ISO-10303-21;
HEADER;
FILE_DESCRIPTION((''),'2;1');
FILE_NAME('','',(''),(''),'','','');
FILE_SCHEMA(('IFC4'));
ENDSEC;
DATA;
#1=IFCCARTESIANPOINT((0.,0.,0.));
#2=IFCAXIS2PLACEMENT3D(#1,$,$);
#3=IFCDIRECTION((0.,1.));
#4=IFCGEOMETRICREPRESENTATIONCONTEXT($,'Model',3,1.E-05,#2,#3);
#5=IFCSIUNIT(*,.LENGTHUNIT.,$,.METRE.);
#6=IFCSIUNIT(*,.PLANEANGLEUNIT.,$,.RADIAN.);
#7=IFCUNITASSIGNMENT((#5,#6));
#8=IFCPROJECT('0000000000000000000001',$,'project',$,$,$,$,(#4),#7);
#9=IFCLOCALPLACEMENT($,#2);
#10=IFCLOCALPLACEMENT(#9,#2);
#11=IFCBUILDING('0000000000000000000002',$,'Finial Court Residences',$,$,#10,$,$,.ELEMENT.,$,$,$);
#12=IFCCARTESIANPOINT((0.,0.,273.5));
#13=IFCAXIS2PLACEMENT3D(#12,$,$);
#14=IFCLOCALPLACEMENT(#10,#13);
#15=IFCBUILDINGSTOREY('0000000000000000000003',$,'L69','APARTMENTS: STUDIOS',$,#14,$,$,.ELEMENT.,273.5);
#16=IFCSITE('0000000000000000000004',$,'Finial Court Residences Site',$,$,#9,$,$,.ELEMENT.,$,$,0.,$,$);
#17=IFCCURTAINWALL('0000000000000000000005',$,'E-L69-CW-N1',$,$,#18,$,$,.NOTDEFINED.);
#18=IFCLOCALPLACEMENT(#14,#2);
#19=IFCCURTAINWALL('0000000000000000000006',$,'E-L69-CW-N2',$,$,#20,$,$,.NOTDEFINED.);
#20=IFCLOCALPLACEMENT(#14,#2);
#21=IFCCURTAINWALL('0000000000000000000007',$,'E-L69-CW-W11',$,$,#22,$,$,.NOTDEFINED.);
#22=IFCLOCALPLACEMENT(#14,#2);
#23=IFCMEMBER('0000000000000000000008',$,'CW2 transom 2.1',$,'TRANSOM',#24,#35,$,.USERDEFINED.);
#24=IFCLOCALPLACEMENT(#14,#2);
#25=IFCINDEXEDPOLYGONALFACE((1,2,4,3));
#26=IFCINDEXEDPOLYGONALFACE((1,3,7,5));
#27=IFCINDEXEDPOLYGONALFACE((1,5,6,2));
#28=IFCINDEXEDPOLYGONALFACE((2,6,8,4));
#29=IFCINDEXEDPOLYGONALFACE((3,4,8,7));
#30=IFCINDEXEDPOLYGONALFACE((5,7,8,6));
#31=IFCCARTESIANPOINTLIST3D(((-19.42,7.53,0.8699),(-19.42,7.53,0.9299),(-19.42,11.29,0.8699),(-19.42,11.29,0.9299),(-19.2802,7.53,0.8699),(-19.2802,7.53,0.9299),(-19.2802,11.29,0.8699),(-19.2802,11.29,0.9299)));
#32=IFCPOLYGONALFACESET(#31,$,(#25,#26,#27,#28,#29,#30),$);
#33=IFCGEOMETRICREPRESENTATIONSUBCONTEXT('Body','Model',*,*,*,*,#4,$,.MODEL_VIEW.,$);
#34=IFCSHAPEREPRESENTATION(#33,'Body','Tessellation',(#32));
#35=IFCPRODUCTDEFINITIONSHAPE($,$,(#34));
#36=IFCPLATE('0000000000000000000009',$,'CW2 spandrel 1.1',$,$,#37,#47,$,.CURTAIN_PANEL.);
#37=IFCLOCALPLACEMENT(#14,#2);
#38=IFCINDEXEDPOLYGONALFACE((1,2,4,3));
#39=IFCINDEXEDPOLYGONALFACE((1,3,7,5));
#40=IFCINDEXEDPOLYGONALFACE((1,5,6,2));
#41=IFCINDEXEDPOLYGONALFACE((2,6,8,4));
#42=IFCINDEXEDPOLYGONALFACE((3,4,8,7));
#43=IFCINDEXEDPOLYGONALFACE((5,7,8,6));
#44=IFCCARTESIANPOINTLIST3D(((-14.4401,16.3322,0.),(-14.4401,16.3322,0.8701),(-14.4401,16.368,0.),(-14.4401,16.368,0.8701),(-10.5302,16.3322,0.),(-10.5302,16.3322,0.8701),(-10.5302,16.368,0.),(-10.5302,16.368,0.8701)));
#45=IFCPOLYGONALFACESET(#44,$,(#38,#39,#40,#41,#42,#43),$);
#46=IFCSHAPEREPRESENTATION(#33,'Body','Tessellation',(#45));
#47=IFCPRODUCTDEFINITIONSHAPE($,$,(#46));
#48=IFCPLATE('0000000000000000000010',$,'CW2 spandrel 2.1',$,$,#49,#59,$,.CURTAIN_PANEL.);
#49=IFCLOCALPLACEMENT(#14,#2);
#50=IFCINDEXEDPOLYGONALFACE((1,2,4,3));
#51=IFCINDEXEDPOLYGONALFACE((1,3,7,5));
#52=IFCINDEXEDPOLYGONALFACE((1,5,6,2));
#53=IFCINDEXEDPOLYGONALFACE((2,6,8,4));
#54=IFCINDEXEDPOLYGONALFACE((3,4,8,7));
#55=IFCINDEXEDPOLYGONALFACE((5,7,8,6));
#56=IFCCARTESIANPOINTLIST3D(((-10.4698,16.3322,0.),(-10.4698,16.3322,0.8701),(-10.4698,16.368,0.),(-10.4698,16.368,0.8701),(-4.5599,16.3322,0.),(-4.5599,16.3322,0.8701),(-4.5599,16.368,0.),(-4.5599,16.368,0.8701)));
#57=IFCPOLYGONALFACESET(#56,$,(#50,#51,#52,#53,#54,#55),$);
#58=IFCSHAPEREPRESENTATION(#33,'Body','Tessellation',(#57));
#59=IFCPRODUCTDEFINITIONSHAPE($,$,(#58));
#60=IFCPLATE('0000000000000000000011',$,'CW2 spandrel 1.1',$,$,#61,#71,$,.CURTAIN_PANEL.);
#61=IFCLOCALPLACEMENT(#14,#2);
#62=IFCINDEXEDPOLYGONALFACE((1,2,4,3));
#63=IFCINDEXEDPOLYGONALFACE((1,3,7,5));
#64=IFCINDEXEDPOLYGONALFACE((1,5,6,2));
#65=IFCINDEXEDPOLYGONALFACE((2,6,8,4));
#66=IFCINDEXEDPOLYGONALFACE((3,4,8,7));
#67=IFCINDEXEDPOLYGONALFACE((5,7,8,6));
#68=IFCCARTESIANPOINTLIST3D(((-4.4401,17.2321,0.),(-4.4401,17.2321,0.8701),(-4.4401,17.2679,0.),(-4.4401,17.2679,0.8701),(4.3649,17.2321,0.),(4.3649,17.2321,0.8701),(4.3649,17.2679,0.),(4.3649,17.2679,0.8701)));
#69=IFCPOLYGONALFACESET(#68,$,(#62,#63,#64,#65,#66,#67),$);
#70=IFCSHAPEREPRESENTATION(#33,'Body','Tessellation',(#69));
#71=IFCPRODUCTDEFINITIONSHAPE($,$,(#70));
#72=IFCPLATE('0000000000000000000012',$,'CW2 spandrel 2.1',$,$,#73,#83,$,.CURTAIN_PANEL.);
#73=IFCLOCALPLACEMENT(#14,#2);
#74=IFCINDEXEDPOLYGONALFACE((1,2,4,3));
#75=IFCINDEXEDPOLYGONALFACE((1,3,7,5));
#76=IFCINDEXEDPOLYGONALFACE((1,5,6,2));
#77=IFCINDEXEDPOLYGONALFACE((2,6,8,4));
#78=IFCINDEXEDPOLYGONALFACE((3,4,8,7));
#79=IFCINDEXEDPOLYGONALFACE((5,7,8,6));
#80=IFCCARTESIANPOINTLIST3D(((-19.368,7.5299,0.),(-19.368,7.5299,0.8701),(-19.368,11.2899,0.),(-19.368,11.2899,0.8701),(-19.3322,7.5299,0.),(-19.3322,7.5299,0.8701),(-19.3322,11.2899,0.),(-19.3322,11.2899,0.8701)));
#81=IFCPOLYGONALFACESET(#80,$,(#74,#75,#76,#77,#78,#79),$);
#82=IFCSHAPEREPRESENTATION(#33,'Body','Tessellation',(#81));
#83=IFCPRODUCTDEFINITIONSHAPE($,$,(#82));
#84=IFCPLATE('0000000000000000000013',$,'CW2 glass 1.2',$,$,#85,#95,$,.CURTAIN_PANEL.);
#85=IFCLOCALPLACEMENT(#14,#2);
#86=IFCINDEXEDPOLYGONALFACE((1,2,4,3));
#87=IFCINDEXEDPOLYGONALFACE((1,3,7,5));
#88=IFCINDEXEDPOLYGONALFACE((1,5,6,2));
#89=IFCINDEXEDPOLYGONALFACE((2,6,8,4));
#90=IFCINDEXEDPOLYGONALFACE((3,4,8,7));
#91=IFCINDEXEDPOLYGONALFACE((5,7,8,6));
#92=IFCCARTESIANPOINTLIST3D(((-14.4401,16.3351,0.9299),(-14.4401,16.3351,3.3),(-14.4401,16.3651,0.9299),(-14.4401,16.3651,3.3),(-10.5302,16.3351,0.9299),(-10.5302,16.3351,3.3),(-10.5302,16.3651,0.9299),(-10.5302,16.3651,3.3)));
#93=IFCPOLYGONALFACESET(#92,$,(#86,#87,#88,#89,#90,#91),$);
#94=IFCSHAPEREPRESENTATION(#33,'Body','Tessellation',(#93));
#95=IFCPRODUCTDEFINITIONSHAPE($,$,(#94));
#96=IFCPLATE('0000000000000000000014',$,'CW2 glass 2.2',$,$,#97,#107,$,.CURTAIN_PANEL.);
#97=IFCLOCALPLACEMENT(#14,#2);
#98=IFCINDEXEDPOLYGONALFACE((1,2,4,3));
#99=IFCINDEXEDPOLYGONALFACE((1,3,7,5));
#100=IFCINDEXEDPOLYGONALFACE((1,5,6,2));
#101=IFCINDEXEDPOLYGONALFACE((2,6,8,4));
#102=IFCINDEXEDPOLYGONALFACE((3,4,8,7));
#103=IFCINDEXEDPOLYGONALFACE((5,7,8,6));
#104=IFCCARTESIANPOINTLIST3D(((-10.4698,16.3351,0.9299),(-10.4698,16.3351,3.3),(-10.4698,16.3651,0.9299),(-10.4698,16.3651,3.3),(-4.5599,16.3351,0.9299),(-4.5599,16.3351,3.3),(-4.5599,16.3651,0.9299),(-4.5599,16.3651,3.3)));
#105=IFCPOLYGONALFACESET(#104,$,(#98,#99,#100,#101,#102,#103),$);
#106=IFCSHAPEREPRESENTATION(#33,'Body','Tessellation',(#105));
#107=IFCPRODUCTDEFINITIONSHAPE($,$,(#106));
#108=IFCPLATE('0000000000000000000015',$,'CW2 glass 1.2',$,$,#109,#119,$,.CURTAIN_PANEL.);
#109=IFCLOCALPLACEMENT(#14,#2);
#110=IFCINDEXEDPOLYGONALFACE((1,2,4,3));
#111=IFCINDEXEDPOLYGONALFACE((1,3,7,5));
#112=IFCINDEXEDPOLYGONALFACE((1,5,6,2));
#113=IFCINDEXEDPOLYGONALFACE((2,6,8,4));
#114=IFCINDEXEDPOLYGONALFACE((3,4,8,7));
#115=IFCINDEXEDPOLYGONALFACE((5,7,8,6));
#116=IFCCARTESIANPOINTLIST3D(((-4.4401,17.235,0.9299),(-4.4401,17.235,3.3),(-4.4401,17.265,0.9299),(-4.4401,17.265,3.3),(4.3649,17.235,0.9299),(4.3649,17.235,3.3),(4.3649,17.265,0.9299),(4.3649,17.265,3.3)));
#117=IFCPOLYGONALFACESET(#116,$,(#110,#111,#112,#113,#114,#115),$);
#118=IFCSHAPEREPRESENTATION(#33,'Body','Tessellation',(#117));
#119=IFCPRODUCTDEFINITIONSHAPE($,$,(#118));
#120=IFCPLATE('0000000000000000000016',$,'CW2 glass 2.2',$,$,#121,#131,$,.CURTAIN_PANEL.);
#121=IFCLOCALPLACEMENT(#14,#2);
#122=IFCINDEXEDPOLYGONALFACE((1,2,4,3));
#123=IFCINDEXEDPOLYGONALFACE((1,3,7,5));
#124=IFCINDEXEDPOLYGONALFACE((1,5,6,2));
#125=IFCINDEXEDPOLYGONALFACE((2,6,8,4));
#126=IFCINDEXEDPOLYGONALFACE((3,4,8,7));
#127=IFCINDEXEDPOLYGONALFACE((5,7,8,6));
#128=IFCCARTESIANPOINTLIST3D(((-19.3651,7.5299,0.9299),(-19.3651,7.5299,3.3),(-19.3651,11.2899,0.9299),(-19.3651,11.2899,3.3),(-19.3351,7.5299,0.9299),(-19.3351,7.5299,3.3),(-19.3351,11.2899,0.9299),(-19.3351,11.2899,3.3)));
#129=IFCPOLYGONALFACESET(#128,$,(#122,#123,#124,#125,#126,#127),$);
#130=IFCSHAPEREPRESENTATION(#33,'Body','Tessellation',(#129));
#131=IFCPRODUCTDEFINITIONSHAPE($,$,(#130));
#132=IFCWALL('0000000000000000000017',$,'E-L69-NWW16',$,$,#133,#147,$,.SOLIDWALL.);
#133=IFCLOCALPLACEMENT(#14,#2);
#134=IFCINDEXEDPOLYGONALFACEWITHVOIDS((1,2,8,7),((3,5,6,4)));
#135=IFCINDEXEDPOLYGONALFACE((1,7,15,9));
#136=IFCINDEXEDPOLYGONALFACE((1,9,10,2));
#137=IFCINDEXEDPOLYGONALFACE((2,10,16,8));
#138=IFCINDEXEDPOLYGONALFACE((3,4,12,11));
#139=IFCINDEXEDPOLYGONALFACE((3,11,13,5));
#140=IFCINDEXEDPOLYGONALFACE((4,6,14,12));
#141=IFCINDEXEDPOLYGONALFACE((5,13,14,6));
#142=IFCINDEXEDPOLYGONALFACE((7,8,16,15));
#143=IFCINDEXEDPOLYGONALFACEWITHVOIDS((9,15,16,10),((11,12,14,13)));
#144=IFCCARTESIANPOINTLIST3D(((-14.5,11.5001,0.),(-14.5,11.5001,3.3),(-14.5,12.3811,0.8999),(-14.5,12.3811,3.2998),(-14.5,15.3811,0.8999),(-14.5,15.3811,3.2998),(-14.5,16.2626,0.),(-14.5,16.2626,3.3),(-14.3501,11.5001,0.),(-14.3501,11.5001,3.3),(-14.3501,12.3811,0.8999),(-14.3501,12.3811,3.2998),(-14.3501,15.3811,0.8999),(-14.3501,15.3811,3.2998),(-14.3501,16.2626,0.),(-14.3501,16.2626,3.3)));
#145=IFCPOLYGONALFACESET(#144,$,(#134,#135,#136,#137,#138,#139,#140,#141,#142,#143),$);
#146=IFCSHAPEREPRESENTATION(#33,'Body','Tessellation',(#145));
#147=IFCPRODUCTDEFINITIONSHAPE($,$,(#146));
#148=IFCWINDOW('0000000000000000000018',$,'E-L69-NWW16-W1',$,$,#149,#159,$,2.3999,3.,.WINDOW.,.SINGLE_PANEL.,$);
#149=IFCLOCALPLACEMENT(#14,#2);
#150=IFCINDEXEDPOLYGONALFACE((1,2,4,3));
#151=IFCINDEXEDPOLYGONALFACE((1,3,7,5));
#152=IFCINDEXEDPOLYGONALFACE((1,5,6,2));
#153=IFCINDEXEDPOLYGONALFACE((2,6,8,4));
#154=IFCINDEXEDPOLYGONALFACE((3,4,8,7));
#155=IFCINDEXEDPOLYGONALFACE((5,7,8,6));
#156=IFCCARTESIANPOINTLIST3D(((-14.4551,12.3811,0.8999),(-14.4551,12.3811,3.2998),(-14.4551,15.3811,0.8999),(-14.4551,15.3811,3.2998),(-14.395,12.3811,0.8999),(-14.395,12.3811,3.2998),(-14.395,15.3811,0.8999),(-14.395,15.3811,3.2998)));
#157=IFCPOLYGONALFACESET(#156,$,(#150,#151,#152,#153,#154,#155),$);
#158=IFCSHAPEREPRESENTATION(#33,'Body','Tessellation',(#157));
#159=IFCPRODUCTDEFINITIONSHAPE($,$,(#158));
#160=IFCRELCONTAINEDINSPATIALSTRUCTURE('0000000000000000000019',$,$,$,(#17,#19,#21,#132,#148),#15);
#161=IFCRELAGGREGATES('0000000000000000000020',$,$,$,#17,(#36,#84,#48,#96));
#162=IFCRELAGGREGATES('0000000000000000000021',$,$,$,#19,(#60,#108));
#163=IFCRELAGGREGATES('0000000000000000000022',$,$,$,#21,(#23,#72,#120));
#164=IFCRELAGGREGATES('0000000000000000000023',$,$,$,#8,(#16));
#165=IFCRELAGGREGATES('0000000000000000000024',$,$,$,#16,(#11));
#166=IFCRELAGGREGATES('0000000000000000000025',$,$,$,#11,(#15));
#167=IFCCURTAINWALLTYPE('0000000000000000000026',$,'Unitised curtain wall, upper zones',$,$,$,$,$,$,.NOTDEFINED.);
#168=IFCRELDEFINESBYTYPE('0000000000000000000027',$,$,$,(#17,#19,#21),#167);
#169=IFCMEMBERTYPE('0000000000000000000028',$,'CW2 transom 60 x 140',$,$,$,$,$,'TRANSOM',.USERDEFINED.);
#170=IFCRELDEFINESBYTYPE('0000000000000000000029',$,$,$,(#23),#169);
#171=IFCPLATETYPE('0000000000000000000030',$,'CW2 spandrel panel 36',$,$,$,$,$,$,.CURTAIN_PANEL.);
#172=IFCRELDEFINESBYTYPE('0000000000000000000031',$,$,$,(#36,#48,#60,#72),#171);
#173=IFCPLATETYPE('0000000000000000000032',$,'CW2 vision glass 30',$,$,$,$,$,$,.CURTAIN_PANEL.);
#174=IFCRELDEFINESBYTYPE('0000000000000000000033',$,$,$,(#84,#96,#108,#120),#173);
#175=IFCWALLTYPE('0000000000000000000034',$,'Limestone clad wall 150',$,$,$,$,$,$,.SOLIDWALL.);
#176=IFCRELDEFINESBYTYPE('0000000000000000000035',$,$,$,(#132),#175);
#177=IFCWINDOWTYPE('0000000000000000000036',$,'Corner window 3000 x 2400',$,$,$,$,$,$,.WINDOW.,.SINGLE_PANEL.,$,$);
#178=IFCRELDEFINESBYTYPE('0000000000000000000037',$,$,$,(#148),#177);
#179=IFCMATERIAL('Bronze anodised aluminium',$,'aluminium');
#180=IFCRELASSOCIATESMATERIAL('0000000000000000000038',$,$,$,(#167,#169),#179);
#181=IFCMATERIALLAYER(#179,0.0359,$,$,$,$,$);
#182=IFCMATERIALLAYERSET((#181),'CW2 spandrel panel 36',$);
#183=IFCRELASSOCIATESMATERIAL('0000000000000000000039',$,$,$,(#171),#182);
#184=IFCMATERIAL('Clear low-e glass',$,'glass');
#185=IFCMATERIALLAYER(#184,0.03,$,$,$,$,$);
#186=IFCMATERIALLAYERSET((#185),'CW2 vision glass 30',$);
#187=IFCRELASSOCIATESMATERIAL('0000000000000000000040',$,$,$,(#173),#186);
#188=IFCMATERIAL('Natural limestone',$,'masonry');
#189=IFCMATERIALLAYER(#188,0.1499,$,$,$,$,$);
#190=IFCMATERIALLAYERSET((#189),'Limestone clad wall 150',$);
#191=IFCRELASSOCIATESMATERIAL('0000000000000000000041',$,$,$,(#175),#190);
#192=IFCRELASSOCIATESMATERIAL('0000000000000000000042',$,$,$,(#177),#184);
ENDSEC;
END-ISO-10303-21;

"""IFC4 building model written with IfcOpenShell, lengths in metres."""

from ifc_helpers import new_model, si_unit, direction, frame, frame_2d, origin, origin_2d, place, context, subcontext, project, spatial, rectangle, extrude, material, layer, layer_set, material_profile, profile_set, type_object, element, fill, aggregate, save


model = new_model("IFC4")

# Units and contexts
model_context = context("Model", 3, precision=1e-05, world=origin(), true_north=direction((0.0, 1.0)))
body_context = subcontext(model_context, "Body", "Model", "MODEL_VIEW")
ifc_project = project(units=[si_unit("LENGTHUNIT", "METRE"), si_unit("PLANEANGLEUNIT", "RADIAN")], contexts=[model_context])

# Site, building, storey
site_placement = place(None, origin())
site = spatial("IfcSite", under=ifc_project, at=site_placement, Name="Finial Court Residences Site", CompositionType="ELEMENT", RefElevation=0.0)
building_placement = place(site_placement, origin())
building = spatial("IfcBuilding", under=site, at=building_placement, Name="Finial Court Residences", CompositionType="ELEMENT")
storey_placement = place(building_placement, frame((0.0, 0.0, 273.5)))
storey = spatial("IfcBuildingStorey", under=building, at=storey_placement, Name="L69", Description="APARTMENTS: STUDIOS", CompositionType="ELEMENT", Elevation=273.5)

# Curtain wall
ifc_material_1 = material(Name="Bronze anodised aluminium", Category="aluminium")
curtain_wall_type = type_object("IfcCurtainWallType", Name="Unitised curtain wall, upper zones", PredefinedType="NOTDEFINED", material=ifc_material_1)
curtain_wall_1_placement = place(storey_placement, origin())
curtain_wall_1 = element("IfcCurtainWall", 1, at=curtain_wall_1_placement, inside=storey, type_object=curtain_wall_type, Name="E-L69-CW-N1", PredefinedType="NOTDEFINED")

# Curtain wall
curtain_wall_2_placement = place(storey_placement, origin())
curtain_wall_2 = element("IfcCurtainWall", 2, at=curtain_wall_2_placement, inside=storey, type_object=curtain_wall_type, Name="E-L69-CW-N2", PredefinedType="NOTDEFINED")

# Curtain wall
curtain_wall_3_placement = place(storey_placement, origin())
curtain_wall_3 = element("IfcCurtainWall", 3, at=curtain_wall_3_placement, inside=storey, type_object=curtain_wall_type, Name="E-L69-CW-W11", PredefinedType="NOTDEFINED")

# Member
ifc_material_profile_1 = material_profile(ifc_material_1, rectangle(XDim=0.1399, YDim=0.0601, at=origin_2d()), Name="CW2 transom 60 x 140")
ifc_profile_set_1 = profile_set([ifc_material_profile_1], Name="Bronze anodised aluminium")
member_type_1 = type_object("IfcMemberType", Name="CW2 transom 60 x 140", ElementType="TRANSOM", PredefinedType="USERDEFINED", material=ifc_profile_set_1)
member_1_placement = place(storey_placement, frame((-19.3501, 7.53, 0.8999), z_axis=(0.0, 1.0, 0.0), x_axis=(-1.0, 0.0, 0.0)))
member_1 = element("IfcMember", 4, at=member_1_placement, type_object=member_type_1, Name="CW2 transom 2.1", ObjectType="TRANSOM", PredefinedType="USERDEFINED", context=body_context, shape_type="SweptSolid", body=[
    extrude(rectangle(XDim=0.1399, YDim=0.0601, at=origin_2d()), origin(), (0.0, 0.0, 1.0), 3.76),
])

# Plates
ifc_layer_1 = layer(ifc_material_1, 0.0359)
ifc_layer_set_1 = layer_set([ifc_layer_1], Name="CW2 spandrel panel 36")
plate_type_1 = type_object("IfcPlateType", Name="CW2 spandrel panel 36", PredefinedType="CURTAIN_PANEL", material=ifc_layer_set_1)
plate_1_placement = place(storey_placement, frame((-12.4851, 16.3501, 0.0), z_axis=(0.0, 0.0, 1.0), x_axis=(1.0, 0.0, 0.0)))
plate_1 = element("IfcPlate", 5, at=plate_1_placement, type_object=plate_type_1, Name="CW2 spandrel 1.1", PredefinedType="CURTAIN_PANEL", context=body_context, shape_type="SweptSolid", body=[
    extrude(rectangle(XDim=3.9099, YDim=0.0359, at=origin_2d()), origin(), (0.0, 0.0, 1.0), 0.8701),
])
plate_2_placement = place(storey_placement, frame((-7.5149, 16.3501, 0.0), z_axis=(0.0, 0.0, 1.0), x_axis=(1.0, 0.0, 0.0)))
plate_2 = element("IfcPlate", 6, at=plate_2_placement, type_object=plate_type_1, Name="CW2 spandrel 2.1", PredefinedType="CURTAIN_PANEL", context=body_context, shape_type="SweptSolid", body=[
    extrude(rectangle(XDim=5.9099, YDim=0.0359, at=origin_2d()), origin(), (0.0, 0.0, 1.0), 0.8701),
])
plate_3_placement = place(storey_placement, frame((-0.0376, 17.25, 0.0), z_axis=(0.0, 0.0, 1.0), x_axis=(1.0, 0.0, 0.0)))
plate_3 = element("IfcPlate", 7, at=plate_3_placement, type_object=plate_type_1, Name="CW2 spandrel 1.1", PredefinedType="CURTAIN_PANEL", context=body_context, shape_type="SweptSolid", body=[
    extrude(rectangle(XDim=8.8049, YDim=0.0359, at=origin_2d()), origin(), (0.0, 0.0, 1.0), 0.8701),
])
plate_4_placement = place(storey_placement, frame((-19.3501, 9.4099, 0.0), z_axis=(0.0, 0.0, 1.0), x_axis=(0.0, 1.0, 0.0)))
plate_4 = element("IfcPlate", 8, at=plate_4_placement, type_object=plate_type_1, Name="CW2 spandrel 2.1", PredefinedType="CURTAIN_PANEL", context=body_context, shape_type="SweptSolid", body=[
    extrude(rectangle(XDim=3.76, YDim=0.0359, at=origin_2d()), origin(), (0.0, 0.0, 1.0), 0.8701),
])
ifc_material_2 = material(Name="Clear low-e glass", Category="glass")
ifc_layer_2 = layer(ifc_material_2, 0.03)
ifc_layer_set_2 = layer_set([ifc_layer_2], Name="CW2 vision glass 30")
plate_type_2 = type_object("IfcPlateType", Name="CW2 vision glass 30", PredefinedType="CURTAIN_PANEL", material=ifc_layer_set_2)
plate_5_placement = place(storey_placement, frame((-12.4851, 16.3501, 0.9299), z_axis=(0.0, 0.0, 1.0), x_axis=(1.0, 0.0, 0.0)))
plate_5 = element("IfcPlate", 9, at=plate_5_placement, type_object=plate_type_2, Name="CW2 glass 1.2", PredefinedType="CURTAIN_PANEL", context=body_context, shape_type="SweptSolid", body=[
    extrude(rectangle(XDim=3.9099, YDim=0.03, at=origin_2d()), origin(), (0.0, 0.0, 1.0), 2.3701),
])
plate_6_placement = place(storey_placement, frame((-7.5149, 16.3501, 0.9299), z_axis=(0.0, 0.0, 1.0), x_axis=(1.0, 0.0, 0.0)))
plate_6 = element("IfcPlate", 10, at=plate_6_placement, type_object=plate_type_2, Name="CW2 glass 2.2", PredefinedType="CURTAIN_PANEL", context=body_context, shape_type="SweptSolid", body=[
    extrude(rectangle(XDim=5.9099, YDim=0.03, at=origin_2d()), origin(), (0.0, 0.0, 1.0), 2.3701),
])
aggregate(curtain_wall_1, [plate_1, plate_5, plate_2, plate_6])
plate_7_placement = place(storey_placement, frame((-0.0376, 17.25, 0.9299), z_axis=(0.0, 0.0, 1.0), x_axis=(1.0, 0.0, 0.0)))
plate_7 = element("IfcPlate", 11, at=plate_7_placement, type_object=plate_type_2, Name="CW2 glass 1.2", PredefinedType="CURTAIN_PANEL", context=body_context, shape_type="SweptSolid", body=[
    extrude(rectangle(XDim=8.8049, YDim=0.03, at=origin_2d()), origin(), (0.0, 0.0, 1.0), 2.3701),
])
aggregate(curtain_wall_2, [plate_3, plate_7])
plate_8_placement = place(storey_placement, frame((-19.3501, 9.4099, 0.9299), z_axis=(0.0, 0.0, 1.0), x_axis=(0.0, 1.0, 0.0)))
plate_8 = element("IfcPlate", 12, at=plate_8_placement, type_object=plate_type_2, Name="CW2 glass 2.2", PredefinedType="CURTAIN_PANEL", context=body_context, shape_type="SweptSolid", body=[
    extrude(rectangle(XDim=3.76, YDim=0.03, at=origin_2d()), origin(), (0.0, 0.0, 1.0), 2.3701),
])
aggregate(curtain_wall_3, [member_1, plate_4, plate_8])

# Wall, opening, window
ifc_material_3 = material(Name="Natural limestone", Category="masonry")
ifc_layer_3 = layer(ifc_material_3, 0.1499)
ifc_layer_set_3 = layer_set([ifc_layer_3], Name="Limestone clad wall 150")
wall_type = type_object("IfcWallType", Name="Limestone clad wall 150", PredefinedType="SOLIDWALL", material=ifc_layer_set_3)
wall_1_placement = place(storey_placement, frame((-14.425, 11.5, 0.0), z_axis=(0.0, 0.0, 1.0), x_axis=(0.0, 1.0, 0.0)))
wall_1 = element("IfcWall", 13, at=wall_1_placement, inside=storey, type_object=wall_type, Name="E-L69-NWW16", PredefinedType="SOLIDWALL", context=body_context, shape_type="SweptSolid", body=[
    extrude(rectangle(XDim=4.7625, YDim=0.1499, at=frame_2d((2.3813, 0.0))), origin(), (0.0, 0.0, 1.0), 3.3),
])
opening_1_placement = place(wall_1_placement, frame((0.8811, 0.0, 0.8999)))
opening_1 = element("IfcOpeningElement", 14, at=opening_1_placement, cuts=wall_1, PredefinedType="OPENING", context=body_context, shape_type="SweptSolid", body=[
    extrude(rectangle(XDim=3.0, YDim=2.3999, at=frame_2d((1.5, 1.2))), frame((0.0, 0.085, 0.0), z_axis=(0.0, -1.0, 0.0), x_axis=(1.0, 0.0, 0.0)), (0.0, 0.0, 1.0), 0.1699),
])
window_type_1 = type_object("IfcWindowType", Name="Corner window 3000 x 2400", PartitioningType="SINGLE_PANEL", PredefinedType="WINDOW", material=ifc_material_2)
window_1_placement = place(opening_1_placement, origin())
window_1 = element("IfcWindow", 15, at=window_1_placement, inside=storey, type_object=window_type_1, Name="E-L69-NWW16-W1", OverallHeight=2.3999, OverallWidth=3.0, PartitioningType="SINGLE_PANEL", PredefinedType="WINDOW", context=body_context, shape_type="SweptSolid", body=[
    extrude(rectangle(XDim=3.0, YDim=2.3999, at=frame_2d((1.5, 1.2))), frame((0.0, 0.03, 0.0), z_axis=(0.0, -1.0, 0.0), x_axis=(1.0, 0.0, 0.0)), (0.0, 0.0, 1.0), 0.0601),
])
fill(opening_1, window_1)

save(model, "model.ifc")
